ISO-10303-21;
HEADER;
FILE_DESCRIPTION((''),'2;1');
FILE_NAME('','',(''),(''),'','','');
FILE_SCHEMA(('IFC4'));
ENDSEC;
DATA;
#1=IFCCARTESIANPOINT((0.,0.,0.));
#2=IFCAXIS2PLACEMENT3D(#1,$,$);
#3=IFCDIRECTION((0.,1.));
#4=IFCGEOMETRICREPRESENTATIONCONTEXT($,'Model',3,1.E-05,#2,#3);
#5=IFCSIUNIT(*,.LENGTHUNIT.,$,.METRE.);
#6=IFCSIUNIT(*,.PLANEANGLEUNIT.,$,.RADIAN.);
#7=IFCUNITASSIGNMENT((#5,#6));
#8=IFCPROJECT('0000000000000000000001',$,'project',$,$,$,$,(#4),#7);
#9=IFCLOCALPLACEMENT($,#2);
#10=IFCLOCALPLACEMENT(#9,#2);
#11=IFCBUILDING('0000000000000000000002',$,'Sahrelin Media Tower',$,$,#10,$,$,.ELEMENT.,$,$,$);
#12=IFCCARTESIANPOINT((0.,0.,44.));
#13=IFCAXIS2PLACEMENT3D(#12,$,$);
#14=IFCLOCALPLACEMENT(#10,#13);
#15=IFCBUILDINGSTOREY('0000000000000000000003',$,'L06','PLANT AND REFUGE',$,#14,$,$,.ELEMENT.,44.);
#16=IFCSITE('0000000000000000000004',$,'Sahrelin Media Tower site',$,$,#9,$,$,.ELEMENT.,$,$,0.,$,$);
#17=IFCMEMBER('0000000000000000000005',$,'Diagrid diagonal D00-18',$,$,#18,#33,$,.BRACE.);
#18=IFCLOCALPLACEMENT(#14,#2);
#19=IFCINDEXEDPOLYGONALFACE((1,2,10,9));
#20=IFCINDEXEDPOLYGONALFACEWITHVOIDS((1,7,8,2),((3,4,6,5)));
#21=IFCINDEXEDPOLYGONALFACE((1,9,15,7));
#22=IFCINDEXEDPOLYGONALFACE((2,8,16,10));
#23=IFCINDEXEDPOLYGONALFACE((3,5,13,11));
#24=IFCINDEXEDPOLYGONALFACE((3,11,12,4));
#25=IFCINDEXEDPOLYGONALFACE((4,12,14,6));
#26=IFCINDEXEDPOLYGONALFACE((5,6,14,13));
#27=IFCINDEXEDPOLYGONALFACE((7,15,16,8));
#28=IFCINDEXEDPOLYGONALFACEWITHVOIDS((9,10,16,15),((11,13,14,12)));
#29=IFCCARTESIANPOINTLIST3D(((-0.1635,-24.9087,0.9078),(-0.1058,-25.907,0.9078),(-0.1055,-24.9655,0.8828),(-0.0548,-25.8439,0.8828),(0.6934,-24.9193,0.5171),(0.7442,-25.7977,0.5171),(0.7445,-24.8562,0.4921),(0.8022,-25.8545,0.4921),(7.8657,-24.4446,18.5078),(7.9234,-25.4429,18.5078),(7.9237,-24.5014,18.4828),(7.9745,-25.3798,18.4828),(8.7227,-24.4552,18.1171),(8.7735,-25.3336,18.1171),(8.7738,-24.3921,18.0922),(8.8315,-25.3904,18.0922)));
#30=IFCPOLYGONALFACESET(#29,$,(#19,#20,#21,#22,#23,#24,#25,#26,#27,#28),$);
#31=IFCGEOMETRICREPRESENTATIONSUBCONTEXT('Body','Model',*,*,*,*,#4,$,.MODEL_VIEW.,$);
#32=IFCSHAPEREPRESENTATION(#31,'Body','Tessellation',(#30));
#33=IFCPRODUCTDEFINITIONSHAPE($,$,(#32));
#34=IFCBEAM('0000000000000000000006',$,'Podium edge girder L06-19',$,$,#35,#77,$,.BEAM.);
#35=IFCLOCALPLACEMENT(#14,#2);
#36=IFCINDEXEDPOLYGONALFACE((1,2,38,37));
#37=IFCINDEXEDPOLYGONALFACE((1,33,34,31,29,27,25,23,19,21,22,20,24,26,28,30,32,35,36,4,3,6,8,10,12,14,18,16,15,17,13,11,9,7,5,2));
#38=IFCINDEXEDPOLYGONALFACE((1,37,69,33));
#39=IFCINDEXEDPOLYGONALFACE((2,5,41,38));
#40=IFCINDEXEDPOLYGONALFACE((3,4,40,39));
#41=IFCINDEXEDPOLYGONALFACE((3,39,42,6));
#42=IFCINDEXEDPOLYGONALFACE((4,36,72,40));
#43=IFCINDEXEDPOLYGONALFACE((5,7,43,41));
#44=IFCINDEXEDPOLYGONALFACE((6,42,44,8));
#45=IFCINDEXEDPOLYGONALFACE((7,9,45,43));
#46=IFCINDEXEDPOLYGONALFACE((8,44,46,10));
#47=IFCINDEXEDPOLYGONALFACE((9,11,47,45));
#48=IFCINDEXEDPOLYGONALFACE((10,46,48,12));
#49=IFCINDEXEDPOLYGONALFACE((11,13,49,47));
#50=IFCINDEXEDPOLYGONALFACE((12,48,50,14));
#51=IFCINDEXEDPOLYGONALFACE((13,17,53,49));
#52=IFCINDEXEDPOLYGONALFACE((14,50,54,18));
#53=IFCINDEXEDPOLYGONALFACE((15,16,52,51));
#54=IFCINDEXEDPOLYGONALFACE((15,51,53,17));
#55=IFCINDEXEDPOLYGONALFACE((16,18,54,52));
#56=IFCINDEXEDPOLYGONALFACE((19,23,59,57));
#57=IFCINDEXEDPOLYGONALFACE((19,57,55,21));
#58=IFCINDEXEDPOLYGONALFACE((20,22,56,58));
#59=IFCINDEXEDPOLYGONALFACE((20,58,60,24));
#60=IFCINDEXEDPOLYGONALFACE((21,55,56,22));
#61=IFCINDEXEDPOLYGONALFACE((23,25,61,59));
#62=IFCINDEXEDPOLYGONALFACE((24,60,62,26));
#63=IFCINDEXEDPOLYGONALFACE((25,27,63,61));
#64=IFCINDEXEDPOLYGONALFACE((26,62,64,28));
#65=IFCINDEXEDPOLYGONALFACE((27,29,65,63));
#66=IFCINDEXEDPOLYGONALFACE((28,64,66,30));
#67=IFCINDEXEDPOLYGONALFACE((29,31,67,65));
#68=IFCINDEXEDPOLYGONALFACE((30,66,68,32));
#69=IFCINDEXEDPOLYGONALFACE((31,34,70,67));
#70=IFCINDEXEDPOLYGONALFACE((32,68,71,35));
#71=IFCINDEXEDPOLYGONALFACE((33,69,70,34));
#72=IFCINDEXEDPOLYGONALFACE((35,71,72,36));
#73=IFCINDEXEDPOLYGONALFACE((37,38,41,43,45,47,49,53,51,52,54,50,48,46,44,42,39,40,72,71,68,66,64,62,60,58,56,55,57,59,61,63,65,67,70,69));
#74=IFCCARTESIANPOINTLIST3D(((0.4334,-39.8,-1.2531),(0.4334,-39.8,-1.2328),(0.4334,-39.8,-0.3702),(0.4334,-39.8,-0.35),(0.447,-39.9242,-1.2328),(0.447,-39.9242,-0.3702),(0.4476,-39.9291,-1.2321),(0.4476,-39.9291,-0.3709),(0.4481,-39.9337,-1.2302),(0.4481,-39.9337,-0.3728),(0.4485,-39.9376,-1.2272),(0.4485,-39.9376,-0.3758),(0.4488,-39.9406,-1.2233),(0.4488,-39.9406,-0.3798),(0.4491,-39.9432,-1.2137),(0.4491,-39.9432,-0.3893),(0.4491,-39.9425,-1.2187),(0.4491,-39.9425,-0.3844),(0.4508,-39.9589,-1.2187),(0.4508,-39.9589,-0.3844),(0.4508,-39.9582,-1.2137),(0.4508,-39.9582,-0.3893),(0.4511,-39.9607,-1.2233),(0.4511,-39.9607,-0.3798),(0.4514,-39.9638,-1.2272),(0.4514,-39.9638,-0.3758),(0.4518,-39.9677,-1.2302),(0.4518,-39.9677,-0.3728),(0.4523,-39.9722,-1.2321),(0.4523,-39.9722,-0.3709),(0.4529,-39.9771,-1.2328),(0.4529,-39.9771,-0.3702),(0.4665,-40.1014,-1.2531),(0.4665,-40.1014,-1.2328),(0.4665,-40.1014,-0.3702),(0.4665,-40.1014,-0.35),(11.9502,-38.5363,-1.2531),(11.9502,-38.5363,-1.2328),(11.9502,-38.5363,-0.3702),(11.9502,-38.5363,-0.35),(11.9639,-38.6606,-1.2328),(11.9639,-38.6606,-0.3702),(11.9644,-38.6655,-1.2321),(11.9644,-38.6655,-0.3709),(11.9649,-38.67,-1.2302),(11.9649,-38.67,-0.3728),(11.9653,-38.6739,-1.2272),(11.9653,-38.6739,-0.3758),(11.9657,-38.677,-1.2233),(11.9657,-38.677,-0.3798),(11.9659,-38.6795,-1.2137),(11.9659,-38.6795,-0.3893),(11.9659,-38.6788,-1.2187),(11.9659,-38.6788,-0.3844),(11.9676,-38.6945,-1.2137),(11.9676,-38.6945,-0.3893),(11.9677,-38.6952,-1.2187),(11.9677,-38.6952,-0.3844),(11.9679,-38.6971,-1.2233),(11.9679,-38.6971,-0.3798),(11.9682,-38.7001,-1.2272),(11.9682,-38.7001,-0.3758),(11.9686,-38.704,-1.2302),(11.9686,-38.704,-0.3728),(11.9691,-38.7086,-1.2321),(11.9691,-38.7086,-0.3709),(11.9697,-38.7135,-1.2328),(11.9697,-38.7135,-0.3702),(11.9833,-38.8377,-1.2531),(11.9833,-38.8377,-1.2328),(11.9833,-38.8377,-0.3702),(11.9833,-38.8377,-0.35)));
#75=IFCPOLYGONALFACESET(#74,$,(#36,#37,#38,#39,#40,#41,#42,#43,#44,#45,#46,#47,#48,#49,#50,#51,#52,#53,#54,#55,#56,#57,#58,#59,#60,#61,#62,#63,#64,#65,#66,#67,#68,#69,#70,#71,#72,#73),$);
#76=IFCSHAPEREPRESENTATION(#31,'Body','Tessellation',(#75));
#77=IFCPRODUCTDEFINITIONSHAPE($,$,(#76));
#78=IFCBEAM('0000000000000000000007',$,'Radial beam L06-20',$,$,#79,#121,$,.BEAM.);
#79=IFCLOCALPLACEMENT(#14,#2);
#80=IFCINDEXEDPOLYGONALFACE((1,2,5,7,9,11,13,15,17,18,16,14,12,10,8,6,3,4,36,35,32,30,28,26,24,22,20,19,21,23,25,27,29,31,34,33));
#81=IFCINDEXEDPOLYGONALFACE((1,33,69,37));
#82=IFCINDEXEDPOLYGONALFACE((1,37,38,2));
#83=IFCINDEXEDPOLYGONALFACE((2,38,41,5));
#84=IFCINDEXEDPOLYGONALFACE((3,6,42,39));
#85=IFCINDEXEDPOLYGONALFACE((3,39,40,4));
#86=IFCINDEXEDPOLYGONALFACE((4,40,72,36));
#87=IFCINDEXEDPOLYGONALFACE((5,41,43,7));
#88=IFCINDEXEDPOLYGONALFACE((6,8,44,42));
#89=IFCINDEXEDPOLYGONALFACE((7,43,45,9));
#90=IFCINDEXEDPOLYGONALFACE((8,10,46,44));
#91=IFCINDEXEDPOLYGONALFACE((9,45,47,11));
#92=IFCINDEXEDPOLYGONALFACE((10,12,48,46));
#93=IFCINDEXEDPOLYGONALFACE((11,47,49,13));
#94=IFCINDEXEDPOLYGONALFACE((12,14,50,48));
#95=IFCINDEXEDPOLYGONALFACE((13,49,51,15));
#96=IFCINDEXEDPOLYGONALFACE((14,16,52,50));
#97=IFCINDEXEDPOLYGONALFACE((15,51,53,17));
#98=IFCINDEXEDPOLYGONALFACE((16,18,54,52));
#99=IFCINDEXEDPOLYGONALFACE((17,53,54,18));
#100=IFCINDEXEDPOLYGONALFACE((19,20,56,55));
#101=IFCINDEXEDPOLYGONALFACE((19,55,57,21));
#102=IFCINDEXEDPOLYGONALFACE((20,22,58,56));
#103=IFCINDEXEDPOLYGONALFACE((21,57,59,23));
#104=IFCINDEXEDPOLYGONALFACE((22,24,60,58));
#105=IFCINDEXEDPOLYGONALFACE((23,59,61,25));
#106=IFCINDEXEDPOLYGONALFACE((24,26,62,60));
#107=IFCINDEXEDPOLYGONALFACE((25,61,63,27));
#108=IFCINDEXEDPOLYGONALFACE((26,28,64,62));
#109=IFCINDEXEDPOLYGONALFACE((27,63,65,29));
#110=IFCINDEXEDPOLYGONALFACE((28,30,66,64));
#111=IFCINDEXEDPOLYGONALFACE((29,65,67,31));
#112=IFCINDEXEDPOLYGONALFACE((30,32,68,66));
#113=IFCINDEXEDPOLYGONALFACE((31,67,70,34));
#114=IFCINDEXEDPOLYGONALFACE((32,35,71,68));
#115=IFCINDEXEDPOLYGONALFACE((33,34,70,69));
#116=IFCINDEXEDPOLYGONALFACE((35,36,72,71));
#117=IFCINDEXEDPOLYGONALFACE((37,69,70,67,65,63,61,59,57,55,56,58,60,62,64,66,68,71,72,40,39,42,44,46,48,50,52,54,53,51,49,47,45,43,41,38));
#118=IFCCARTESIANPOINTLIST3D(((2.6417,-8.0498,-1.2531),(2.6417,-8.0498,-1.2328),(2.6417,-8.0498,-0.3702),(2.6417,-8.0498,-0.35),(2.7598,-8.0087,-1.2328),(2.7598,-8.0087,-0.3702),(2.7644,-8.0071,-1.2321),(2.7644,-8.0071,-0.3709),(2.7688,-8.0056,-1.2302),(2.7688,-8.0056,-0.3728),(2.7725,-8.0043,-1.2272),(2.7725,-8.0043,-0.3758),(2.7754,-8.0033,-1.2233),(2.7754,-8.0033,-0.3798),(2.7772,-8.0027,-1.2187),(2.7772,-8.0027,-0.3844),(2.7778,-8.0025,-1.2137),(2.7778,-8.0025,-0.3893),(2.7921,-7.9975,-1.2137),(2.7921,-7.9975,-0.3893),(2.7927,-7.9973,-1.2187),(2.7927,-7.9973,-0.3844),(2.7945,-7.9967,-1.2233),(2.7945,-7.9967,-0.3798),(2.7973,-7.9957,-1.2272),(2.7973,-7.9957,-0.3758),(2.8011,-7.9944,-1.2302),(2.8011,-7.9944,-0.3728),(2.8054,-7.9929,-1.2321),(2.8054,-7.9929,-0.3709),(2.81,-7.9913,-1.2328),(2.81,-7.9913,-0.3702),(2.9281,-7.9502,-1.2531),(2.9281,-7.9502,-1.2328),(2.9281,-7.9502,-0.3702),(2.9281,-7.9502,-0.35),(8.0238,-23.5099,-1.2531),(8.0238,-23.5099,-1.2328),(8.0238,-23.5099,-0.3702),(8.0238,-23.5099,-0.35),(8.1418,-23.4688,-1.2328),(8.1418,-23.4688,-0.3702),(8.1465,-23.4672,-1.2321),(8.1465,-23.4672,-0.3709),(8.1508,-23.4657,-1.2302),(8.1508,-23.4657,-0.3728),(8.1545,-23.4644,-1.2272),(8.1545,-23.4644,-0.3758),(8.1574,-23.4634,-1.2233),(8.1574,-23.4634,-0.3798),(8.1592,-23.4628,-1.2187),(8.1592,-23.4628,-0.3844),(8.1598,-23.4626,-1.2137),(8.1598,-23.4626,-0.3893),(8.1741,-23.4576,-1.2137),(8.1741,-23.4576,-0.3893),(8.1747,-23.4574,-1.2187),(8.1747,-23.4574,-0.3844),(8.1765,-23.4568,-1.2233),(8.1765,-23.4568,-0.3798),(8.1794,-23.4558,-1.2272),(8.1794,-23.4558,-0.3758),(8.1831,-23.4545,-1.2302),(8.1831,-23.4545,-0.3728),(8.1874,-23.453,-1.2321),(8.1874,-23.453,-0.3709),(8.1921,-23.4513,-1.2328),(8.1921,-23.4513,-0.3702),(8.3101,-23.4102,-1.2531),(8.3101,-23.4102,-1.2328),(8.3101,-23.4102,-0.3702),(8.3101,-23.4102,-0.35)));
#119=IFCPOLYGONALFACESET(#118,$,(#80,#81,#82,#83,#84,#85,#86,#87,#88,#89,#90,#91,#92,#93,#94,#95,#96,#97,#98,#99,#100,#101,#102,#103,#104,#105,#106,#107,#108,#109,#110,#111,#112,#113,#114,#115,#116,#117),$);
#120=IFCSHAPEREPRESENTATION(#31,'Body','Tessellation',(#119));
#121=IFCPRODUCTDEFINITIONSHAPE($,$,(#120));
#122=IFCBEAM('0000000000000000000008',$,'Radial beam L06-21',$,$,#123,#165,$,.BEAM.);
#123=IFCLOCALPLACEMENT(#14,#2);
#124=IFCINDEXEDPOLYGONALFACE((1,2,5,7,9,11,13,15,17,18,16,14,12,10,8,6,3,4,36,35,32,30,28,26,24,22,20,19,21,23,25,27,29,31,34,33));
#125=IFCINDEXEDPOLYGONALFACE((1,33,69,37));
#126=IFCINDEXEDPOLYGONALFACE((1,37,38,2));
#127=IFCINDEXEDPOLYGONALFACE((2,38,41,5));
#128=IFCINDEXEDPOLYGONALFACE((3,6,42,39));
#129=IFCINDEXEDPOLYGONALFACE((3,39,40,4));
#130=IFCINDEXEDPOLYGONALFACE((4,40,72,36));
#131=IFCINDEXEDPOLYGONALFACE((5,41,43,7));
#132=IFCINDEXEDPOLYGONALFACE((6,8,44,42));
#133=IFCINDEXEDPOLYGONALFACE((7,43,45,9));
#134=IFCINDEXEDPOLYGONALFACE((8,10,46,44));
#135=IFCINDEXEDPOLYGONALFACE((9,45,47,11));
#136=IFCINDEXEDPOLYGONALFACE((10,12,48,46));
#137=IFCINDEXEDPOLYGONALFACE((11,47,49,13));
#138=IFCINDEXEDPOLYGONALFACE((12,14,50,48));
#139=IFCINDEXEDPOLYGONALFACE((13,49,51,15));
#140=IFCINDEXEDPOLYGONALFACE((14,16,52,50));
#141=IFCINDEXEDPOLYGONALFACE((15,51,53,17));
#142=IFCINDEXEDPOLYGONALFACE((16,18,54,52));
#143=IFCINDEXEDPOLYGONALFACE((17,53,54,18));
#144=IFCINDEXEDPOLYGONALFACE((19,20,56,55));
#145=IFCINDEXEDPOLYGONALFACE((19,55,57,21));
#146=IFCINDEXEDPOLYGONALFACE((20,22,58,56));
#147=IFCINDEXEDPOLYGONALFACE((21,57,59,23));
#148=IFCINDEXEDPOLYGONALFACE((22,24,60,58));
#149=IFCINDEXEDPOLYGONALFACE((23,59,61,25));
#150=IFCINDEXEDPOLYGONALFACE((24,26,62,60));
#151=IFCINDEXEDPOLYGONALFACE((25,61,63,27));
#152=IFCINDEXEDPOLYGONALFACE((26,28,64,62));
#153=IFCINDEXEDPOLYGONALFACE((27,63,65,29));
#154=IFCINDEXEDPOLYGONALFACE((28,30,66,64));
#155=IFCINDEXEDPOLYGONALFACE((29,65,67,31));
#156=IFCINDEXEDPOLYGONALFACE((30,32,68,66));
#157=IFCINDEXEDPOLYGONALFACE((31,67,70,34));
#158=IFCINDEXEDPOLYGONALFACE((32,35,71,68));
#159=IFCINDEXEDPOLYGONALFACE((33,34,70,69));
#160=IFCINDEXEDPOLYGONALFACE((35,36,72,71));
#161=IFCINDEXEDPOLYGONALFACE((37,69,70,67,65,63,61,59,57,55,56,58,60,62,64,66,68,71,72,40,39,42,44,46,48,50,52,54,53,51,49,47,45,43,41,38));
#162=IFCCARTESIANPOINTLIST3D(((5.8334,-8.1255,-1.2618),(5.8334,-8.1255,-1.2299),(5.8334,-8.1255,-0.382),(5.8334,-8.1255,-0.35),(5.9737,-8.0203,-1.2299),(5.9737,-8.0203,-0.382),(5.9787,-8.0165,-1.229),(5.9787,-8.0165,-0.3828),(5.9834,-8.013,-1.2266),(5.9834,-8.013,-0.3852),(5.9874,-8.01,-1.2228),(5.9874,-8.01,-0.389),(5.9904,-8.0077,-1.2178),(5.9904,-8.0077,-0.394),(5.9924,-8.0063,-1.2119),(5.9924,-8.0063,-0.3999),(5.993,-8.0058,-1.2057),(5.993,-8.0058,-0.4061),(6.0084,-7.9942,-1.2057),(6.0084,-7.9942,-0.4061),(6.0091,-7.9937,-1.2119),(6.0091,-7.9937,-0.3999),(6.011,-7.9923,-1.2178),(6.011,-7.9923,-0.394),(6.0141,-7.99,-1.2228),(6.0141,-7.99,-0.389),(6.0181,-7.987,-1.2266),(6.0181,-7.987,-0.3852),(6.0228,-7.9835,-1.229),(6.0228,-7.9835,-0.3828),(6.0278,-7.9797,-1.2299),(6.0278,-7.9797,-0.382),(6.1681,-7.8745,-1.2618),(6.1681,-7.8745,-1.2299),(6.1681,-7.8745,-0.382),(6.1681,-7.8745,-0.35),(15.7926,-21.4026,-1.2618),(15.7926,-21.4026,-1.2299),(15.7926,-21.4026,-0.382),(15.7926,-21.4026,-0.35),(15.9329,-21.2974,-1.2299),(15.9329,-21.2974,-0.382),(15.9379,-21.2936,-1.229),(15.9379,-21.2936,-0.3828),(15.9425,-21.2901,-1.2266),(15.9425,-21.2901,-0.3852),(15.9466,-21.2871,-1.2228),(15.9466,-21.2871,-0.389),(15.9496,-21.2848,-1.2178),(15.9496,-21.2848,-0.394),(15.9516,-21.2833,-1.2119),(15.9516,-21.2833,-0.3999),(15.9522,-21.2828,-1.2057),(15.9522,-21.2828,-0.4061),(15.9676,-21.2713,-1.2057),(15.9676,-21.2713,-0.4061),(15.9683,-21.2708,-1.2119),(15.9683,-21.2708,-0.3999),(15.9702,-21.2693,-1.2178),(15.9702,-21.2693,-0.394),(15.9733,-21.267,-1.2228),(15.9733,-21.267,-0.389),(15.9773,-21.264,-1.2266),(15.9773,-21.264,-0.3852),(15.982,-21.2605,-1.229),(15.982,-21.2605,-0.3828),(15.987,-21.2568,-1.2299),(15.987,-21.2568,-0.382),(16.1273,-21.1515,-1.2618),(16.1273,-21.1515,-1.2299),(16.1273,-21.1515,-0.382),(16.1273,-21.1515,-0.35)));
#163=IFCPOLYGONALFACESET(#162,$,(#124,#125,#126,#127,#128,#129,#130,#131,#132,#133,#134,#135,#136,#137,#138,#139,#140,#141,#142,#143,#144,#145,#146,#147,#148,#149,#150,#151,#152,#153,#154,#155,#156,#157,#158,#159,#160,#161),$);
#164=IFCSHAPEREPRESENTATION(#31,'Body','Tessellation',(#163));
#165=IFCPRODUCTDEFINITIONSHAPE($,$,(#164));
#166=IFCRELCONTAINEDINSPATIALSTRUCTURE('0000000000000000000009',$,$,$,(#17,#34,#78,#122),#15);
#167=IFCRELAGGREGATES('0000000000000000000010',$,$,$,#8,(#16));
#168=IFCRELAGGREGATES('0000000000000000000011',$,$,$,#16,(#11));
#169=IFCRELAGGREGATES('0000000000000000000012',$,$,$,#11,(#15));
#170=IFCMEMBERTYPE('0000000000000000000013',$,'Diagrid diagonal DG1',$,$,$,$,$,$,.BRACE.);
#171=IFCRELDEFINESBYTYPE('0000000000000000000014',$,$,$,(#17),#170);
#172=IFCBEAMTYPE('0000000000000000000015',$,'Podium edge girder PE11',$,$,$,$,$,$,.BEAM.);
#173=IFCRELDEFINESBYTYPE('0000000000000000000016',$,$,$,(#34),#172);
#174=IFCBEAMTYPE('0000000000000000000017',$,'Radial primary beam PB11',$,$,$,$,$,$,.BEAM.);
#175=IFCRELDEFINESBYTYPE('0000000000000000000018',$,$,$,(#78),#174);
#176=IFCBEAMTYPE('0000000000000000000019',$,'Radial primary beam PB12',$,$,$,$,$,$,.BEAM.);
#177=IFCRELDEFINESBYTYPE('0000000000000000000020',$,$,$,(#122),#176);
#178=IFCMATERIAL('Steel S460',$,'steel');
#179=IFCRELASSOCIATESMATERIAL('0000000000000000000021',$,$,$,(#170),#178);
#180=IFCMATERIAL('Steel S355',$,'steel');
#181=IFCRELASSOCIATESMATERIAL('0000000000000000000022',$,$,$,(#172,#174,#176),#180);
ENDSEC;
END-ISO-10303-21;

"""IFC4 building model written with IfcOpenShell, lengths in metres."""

from ifc_helpers import new_model, si_unit, direction, frame, origin, origin_2d, place, context, subcontext, project, spatial, hollow_rectangle, i_section, extrude, material, material_profile, profile_set, type_object, element, save


model = new_model("IFC4")

# Units and contexts
model_context = context("Model", 3, precision=1e-05, world=origin(), true_north=direction((0.0, 1.0)))
body_context = subcontext(model_context, "Body", "Model", "MODEL_VIEW")
ifc_project = project(units=[si_unit("LENGTHUNIT", "METRE"), si_unit("PLANEANGLEUNIT", "RADIAN")], contexts=[model_context])

# Site, building, storey
site_placement = place(None, origin())
site = spatial("IfcSite", under=ifc_project, at=site_placement, Name="Sahrelin Media Tower site", CompositionType="ELEMENT", RefElevation=0.0)
building_placement = place(site_placement, origin())
building = spatial("IfcBuilding", under=site, at=building_placement, Name="Sahrelin Media Tower", CompositionType="ELEMENT")
storey_placement = place(building_placement, frame((0.0, 0.0, 44.0)))
storey = spatial("IfcBuildingStorey", under=building, at=storey_placement, Name="L06", Description="PLANT AND REFUGE", CompositionType="ELEMENT", Elevation=44.0)

# Member
ifc_material_1 = material(Name="Steel S460", Category="steel")
ifc_material_profile_1 = material_profile(ifc_material_1, hollow_rectangle(XDim=1.0, YDim=1.0, WallThickness=0.0601, at=origin_2d()), Name="Diagrid diagonal DG1")
ifc_profile_set_1 = profile_set([ifc_material_profile_1], Name="Steel S460")
member_type_1 = type_object("IfcMemberType", Name="Diagrid diagonal DG1", PredefinedType="BRACE", material=ifc_profile_set_1)
member_1_placement = place(storey_placement, frame((0.3193, -25.3816, 0.7), z_axis=(0.414936, 0.023984, 0.909534), x_axis=(-0.057706, 0.998334, 0.0)))
element("IfcMember", 1, at=member_1_placement, inside=storey, type_object=member_type_1, Name="Diagrid diagonal D00-18", PredefinedType="BRACE", context=body_context, shape_type="SweptSolid", body=[
    extrude(hollow_rectangle(XDim=1.0, YDim=1.0, WallThickness=0.0601, at=origin_2d()), origin(), (0.0, 0.0, 1.0), 19.3506),
])

# Beams
ifc_material_2 = material(Name="Steel S355", Category="steel")
ifc_material_profile_2 = material_profile(ifc_material_2, i_section(OverallWidth=0.3032, OverallDepth=0.9031, WebThickness=0.0151, FlangeThickness=0.0203, FilletRadius=0.019, at=origin_2d()), Name="UB 914x305x201")
ifc_profile_set_2 = profile_set([ifc_material_profile_2], Name="Steel S355")
beam_type_1 = type_object("IfcBeamType", Name="Podium edge girder PE11", PredefinedType="BEAM", material=ifc_profile_set_2)
beam_1_placement = place(storey_placement, frame((0.45, -39.9507, -0.8015), z_axis=(0.994034, 0.109069, 0.0), x_axis=(-0.109069, 0.994034, 0.0)))
element("IfcBeam", 2, at=beam_1_placement, inside=storey, type_object=beam_type_1, Name="Podium edge girder L06-19", PredefinedType="BEAM", context=body_context, shape_type="SweptSolid", body=[
    extrude(i_section(OverallWidth=0.3032, OverallDepth=0.9031, WebThickness=0.0151, FlangeThickness=0.0203, FilletRadius=0.019, at=origin_2d()), origin(), (0.0, 0.0, 1.0), 11.5859),
])
ifc_material_profile_3 = material_profile(ifc_material_2, i_section(OverallWidth=0.3032, OverallDepth=0.9031, WebThickness=0.0151, FlangeThickness=0.0203, FilletRadius=0.019, at=origin_2d()), Name="UB 914x305x201")
ifc_profile_set_3 = profile_set([ifc_material_profile_3], Name="Steel S355")
beam_type_2 = type_object("IfcBeamType", Name="Radial primary beam PB11", PredefinedType="BEAM", material=ifc_profile_set_3)
beam_2_placement = place(storey_placement, frame((2.7849, -8.0, -0.8015), z_axis=(0.328772, -0.944409, 0.0), x_axis=(0.944409, 0.328772, 0.0)))
element("IfcBeam", 3, at=beam_2_placement, inside=storey, type_object=beam_type_2, Name="Radial beam L06-20", PredefinedType="BEAM", context=body_context, shape_type="SweptSolid", body=[
    extrude(i_section(OverallWidth=0.3032, OverallDepth=0.9031, WebThickness=0.0151, FlangeThickness=0.0203, FilletRadius=0.019, at=origin_2d()), origin(), (0.0, 0.0, 1.0), 16.3701),
])
ifc_material_profile_4 = material_profile(ifc_material_2, i_section(OverallWidth=0.4185, OverallDepth=0.9119, WebThickness=0.0193, FlangeThickness=0.032, FilletRadius=0.0242, at=origin_2d()), Name="UB 914x419x343")
ifc_profile_set_4 = profile_set([ifc_material_profile_4], Name="Steel S355")
beam_type_3 = type_object("IfcBeamType", Name="Radial primary beam PB12", PredefinedType="BEAM", material=ifc_profile_set_4)
beam_3_placement = place(storey_placement, frame((6.0007, -8.0, -0.8059), z_axis=(0.600054, -0.799959, 0.0), x_axis=(0.799959, 0.600054, 0.0)))
element("IfcBeam", 4, at=beam_3_placement, inside=storey, type_object=beam_type_3, Name="Radial beam L06-21", PredefinedType="BEAM", context=body_context, shape_type="SweptSolid", body=[
    extrude(i_section(OverallWidth=0.4185, OverallDepth=0.9119, WebThickness=0.0193, FlangeThickness=0.032, FilletRadius=0.0242, at=origin_2d()), origin(), (0.0, 0.0, 1.0), 16.5972),
])

save(model, "model.ifc")
